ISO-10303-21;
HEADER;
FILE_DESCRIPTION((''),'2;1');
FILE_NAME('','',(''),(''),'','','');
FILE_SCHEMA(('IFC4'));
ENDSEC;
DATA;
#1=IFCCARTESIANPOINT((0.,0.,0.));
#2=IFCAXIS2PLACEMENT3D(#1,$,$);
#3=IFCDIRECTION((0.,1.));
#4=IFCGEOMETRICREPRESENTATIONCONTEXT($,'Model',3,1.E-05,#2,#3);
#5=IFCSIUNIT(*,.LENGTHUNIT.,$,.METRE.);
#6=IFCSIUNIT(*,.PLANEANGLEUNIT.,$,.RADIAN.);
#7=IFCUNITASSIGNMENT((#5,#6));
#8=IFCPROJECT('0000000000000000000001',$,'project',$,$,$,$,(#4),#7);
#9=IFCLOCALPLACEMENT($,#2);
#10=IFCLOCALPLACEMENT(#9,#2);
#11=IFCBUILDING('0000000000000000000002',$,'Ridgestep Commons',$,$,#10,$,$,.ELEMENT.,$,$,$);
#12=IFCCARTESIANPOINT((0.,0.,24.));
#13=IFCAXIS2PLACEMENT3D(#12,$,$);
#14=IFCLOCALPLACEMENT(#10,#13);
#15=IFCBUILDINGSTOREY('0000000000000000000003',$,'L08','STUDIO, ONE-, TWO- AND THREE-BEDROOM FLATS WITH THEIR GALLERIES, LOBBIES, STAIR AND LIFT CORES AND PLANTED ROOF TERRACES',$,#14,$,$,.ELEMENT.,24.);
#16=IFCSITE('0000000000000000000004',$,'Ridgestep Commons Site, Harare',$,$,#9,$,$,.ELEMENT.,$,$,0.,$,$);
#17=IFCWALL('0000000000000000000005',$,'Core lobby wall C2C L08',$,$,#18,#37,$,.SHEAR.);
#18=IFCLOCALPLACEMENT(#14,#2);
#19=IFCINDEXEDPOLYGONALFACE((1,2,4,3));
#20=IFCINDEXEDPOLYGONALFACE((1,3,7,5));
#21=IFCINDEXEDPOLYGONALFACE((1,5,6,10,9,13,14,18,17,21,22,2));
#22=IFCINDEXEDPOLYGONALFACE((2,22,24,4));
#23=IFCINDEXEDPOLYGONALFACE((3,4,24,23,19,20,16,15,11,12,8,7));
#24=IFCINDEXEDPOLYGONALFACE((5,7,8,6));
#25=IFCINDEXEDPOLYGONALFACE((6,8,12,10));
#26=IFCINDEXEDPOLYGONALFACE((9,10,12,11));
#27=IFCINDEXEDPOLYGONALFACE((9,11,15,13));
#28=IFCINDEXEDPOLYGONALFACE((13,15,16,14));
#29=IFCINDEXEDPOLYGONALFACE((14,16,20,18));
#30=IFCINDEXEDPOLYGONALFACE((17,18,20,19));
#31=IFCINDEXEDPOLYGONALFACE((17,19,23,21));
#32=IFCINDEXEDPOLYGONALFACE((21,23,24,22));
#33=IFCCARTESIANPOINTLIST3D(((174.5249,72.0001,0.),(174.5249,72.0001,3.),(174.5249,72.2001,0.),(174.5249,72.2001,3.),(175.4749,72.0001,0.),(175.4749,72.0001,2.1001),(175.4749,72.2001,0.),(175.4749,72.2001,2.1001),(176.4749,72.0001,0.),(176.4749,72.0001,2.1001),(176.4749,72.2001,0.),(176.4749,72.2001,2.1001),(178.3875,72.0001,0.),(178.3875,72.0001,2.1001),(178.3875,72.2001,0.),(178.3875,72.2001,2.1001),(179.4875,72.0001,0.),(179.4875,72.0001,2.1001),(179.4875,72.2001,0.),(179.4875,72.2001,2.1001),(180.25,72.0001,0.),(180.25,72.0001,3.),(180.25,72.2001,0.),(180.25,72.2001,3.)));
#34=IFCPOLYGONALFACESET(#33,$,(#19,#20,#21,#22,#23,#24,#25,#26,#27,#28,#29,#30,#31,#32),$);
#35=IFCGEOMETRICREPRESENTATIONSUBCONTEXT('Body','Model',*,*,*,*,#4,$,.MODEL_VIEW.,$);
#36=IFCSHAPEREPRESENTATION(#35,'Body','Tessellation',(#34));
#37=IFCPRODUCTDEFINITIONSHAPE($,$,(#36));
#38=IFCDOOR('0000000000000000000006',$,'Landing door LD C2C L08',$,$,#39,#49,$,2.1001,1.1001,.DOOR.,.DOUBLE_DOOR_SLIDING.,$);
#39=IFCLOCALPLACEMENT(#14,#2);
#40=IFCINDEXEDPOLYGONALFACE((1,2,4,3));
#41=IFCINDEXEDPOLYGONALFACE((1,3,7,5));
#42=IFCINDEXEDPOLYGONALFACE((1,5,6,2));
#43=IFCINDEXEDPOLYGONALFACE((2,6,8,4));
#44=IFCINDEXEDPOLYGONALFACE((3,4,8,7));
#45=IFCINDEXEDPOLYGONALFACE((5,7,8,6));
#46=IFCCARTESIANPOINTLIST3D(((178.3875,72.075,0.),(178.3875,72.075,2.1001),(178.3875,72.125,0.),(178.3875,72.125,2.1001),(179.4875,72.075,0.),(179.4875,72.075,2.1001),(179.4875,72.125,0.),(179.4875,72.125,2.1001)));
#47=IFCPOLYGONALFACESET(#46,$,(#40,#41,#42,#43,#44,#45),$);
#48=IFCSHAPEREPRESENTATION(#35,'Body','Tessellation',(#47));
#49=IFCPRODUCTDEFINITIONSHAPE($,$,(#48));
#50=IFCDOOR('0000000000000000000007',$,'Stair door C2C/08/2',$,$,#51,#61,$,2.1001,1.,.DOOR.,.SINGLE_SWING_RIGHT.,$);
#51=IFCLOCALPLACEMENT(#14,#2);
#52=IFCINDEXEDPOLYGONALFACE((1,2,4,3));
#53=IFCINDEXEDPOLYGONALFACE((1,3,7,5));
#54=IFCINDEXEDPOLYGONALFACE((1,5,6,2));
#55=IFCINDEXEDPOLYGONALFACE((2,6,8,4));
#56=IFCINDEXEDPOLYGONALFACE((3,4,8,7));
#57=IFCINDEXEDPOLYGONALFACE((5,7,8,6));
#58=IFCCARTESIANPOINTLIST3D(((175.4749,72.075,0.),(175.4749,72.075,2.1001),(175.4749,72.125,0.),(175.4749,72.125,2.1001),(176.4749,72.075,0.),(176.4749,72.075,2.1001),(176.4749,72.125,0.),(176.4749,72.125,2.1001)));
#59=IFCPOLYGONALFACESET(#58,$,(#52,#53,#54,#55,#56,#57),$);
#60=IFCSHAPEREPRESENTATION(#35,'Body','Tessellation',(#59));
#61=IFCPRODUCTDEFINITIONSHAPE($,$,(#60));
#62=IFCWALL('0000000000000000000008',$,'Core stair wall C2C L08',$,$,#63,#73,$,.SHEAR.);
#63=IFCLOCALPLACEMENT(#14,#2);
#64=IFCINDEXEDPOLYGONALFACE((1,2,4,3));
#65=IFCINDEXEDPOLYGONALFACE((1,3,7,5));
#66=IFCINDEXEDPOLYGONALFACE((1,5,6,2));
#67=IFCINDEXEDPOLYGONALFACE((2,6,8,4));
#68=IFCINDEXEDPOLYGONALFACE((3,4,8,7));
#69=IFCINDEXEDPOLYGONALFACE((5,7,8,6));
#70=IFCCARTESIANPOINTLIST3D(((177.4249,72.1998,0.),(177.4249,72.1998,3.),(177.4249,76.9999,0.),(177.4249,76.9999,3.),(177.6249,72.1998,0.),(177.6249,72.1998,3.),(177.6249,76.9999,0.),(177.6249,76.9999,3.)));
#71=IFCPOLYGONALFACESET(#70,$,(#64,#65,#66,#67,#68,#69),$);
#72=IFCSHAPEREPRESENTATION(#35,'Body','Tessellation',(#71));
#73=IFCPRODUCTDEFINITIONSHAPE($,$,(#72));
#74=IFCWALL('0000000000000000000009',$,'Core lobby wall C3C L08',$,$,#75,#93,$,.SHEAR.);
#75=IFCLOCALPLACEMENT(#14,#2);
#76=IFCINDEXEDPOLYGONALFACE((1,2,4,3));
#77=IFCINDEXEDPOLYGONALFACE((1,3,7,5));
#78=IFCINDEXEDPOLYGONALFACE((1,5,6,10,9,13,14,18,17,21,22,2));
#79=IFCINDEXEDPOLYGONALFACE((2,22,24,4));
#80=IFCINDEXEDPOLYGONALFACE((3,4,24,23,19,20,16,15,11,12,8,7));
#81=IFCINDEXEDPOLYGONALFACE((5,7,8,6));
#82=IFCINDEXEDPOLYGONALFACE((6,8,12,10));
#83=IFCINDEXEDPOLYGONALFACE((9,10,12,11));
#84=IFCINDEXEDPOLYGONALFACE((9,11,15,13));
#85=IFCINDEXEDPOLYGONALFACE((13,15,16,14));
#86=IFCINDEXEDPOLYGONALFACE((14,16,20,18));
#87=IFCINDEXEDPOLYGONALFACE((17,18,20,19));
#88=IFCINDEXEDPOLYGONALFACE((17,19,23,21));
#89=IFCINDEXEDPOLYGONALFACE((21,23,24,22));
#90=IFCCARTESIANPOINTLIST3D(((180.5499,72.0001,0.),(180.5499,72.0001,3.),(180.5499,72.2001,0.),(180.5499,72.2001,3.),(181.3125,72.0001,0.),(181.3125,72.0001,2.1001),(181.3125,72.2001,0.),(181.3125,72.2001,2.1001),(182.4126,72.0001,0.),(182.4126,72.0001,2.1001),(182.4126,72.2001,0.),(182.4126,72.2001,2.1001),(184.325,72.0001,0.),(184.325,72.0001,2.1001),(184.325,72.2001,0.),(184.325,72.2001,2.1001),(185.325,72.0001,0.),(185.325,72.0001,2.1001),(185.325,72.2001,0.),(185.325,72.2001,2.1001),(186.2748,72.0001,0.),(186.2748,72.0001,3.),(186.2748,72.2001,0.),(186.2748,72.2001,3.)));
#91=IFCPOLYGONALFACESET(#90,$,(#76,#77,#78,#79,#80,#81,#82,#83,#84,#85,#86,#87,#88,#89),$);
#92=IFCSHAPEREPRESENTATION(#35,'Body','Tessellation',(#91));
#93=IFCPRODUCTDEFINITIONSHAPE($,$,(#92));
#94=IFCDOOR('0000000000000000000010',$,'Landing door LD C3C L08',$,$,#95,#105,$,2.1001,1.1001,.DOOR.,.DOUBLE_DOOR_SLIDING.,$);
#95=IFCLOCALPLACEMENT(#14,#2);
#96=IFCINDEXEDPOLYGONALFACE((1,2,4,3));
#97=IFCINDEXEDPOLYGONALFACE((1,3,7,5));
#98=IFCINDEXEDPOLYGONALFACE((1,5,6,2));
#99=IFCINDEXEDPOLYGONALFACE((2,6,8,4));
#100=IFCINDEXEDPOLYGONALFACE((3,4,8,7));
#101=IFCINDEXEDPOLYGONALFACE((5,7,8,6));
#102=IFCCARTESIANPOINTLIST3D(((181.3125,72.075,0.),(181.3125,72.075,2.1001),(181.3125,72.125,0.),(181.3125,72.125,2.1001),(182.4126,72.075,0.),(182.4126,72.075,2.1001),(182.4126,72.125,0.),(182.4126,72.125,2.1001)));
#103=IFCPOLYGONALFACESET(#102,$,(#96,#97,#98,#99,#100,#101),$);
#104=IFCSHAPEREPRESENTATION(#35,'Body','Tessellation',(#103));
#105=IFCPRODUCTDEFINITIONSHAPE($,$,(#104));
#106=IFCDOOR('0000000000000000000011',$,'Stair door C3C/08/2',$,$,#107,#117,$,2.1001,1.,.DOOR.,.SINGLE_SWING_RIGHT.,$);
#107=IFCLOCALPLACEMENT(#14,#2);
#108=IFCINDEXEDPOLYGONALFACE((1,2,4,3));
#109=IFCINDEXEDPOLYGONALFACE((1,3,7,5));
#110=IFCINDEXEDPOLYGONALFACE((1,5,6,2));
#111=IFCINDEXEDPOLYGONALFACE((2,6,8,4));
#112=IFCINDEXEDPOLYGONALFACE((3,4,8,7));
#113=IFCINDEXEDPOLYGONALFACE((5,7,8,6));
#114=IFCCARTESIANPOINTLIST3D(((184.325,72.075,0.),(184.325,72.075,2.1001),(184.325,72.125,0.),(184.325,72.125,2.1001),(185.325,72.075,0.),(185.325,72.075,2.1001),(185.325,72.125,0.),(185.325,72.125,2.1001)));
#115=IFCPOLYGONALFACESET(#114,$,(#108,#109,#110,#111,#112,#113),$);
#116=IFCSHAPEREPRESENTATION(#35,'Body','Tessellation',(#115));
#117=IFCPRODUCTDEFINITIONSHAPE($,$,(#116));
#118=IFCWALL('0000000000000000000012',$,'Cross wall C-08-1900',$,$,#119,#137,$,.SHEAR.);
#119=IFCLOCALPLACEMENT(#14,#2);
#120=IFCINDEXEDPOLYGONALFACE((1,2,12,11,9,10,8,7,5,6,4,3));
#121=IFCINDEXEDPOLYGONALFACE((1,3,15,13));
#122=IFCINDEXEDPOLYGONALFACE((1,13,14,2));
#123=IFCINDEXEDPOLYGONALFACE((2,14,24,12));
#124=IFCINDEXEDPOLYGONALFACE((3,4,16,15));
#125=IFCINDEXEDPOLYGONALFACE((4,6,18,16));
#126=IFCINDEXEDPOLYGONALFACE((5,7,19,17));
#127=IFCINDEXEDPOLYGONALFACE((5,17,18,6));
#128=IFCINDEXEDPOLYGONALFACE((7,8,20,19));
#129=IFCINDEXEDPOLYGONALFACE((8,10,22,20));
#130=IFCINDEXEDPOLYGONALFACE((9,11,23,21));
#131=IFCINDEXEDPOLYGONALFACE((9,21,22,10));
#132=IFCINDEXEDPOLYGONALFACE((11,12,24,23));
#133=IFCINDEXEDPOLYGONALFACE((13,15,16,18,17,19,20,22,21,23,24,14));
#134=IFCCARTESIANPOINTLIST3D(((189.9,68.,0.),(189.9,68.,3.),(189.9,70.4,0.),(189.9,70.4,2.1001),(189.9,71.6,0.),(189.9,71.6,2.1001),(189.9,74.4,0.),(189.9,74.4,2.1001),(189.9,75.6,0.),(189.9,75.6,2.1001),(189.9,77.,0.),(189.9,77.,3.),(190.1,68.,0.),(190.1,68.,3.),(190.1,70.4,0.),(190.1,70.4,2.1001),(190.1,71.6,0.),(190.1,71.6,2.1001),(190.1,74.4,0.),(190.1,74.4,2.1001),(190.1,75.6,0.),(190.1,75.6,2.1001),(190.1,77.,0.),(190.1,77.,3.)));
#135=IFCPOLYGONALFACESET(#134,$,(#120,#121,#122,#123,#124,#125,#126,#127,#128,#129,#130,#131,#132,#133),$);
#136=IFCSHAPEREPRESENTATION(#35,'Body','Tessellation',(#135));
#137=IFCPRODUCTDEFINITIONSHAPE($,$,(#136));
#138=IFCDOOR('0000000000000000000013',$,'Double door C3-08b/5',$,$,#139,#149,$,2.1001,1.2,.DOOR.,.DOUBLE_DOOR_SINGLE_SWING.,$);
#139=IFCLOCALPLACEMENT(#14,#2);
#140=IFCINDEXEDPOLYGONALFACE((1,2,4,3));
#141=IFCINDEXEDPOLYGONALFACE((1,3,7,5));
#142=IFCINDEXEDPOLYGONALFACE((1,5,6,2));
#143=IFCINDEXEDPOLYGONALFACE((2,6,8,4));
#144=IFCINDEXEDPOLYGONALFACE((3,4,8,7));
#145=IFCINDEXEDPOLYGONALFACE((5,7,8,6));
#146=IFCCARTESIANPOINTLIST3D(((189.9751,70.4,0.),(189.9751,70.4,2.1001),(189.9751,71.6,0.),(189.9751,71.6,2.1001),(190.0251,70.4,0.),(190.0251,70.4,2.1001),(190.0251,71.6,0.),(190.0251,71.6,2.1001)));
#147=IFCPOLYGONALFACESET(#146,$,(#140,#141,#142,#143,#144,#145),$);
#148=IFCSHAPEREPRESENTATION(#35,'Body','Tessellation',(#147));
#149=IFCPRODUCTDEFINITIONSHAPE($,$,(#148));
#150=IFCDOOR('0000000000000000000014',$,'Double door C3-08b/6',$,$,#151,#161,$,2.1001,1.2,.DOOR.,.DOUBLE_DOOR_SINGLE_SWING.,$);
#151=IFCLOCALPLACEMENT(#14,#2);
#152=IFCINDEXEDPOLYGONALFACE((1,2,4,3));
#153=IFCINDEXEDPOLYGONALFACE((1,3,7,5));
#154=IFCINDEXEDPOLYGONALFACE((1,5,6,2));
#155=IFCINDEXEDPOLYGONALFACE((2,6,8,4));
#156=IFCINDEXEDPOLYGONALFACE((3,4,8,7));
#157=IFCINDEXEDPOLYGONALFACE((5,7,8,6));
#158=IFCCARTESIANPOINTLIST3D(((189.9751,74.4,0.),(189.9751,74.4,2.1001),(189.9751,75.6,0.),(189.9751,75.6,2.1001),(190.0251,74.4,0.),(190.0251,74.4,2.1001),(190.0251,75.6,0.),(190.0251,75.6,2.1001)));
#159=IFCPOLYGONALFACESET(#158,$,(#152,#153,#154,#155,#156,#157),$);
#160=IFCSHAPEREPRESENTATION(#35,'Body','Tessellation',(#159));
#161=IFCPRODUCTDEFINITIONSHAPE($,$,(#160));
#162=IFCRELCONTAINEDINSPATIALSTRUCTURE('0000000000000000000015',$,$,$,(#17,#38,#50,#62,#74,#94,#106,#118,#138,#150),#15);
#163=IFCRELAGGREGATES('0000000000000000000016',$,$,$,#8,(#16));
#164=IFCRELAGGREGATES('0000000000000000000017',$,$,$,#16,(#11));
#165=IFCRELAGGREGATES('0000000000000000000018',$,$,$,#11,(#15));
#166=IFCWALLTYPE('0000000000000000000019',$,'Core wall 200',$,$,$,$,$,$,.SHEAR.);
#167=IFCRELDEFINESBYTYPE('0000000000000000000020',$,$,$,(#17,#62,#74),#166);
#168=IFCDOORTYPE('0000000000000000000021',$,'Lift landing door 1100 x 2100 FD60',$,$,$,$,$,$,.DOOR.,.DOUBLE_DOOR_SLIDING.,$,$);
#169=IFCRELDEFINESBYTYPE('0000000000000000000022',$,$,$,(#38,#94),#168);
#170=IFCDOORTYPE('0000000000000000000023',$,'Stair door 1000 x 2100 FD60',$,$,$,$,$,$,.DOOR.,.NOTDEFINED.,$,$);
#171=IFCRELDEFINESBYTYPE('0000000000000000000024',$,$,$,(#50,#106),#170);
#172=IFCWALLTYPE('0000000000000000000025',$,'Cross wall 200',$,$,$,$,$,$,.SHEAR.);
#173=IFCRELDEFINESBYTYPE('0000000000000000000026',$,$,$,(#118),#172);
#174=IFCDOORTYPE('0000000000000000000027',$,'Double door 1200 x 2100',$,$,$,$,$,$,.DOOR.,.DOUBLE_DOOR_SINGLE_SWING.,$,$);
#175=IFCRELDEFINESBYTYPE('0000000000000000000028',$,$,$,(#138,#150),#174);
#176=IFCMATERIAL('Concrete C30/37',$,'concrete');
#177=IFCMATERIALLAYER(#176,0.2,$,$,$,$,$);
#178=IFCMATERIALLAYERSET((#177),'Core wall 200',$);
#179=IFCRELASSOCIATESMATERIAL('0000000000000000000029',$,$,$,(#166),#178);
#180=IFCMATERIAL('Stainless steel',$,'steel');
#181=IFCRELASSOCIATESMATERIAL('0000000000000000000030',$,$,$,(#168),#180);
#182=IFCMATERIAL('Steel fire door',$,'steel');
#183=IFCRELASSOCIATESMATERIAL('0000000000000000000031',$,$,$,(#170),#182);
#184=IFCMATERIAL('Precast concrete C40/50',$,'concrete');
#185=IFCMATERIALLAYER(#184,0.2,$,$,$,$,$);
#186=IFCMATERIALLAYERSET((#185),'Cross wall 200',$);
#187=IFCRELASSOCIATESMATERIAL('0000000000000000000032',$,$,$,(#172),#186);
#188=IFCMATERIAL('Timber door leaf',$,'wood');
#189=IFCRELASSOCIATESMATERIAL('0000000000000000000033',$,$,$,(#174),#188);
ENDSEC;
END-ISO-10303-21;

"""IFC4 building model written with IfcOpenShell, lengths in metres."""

from ifc_helpers import new_model, si_unit, direction, frame, frame_2d, origin, place, context, subcontext, project, spatial, rectangle, extrude, material, layer, layer_set, type_object, element, fill, save


model = new_model("IFC4")

# Units and contexts
model_context = context("Model", 3, precision=1e-05, world=origin(), true_north=direction((0.0, 1.0)))
body_context = subcontext(model_context, "Body", "Model", "MODEL_VIEW")
ifc_project = project(units=[si_unit("LENGTHUNIT", "METRE"), si_unit("PLANEANGLEUNIT", "RADIAN")], contexts=[model_context])

# Site, building, storey
site_placement = place(None, origin())
site = spatial("IfcSite", under=ifc_project, at=site_placement, Name="Ridgestep Commons Site, Harare", CompositionType="ELEMENT", RefElevation=0.0)
building_placement = place(site_placement, origin())
building = spatial("IfcBuilding", under=site, at=building_placement, Name="Ridgestep Commons", CompositionType="ELEMENT")
storey_placement = place(building_placement, frame((0.0, 0.0, 24.0)))
storey = spatial("IfcBuildingStorey", under=building, at=storey_placement, Name="L08", Description="STUDIO, ONE-, TWO- AND THREE-BEDROOM FLATS WITH THEIR GALLERIES, LOBBIES, STAIR AND LIFT CORES AND PLANTED ROOF TERRACES", CompositionType="ELEMENT", Elevation=24.0)

# Wall, openings, doors
ifc_material_1 = material(Name="Concrete C30/37", Category="concrete")
ifc_layer_1 = layer(ifc_material_1, 0.2)
ifc_layer_set_1 = layer_set([ifc_layer_1], Name="Core wall 200")
wall_type_1 = type_object("IfcWallType", Name="Core wall 200", PredefinedType="SHEAR", material=ifc_layer_set_1)
wall_1_placement = place(storey_placement, frame((174.5249, 72.1001, 0.0), z_axis=(0.0, 0.0, 1.0), x_axis=(1.0, 0.0, 0.0)))
wall_1 = element("IfcWall", 1, at=wall_1_placement, inside=storey, type_object=wall_type_1, Name="Core lobby wall C2C L08", PredefinedType="SHEAR", context=body_context, shape_type="SweptSolid", body=[
    extrude(rectangle(XDim=5.7251, YDim=0.2, at=frame_2d((2.8625, 0.0))), origin(), (0.0, 0.0, 1.0), 3.0),
])
opening_1_placement = place(wall_1_placement, frame((0.95, 0.0, 0.0)))
opening_1 = element("IfcOpeningElement", 2, at=opening_1_placement, cuts=wall_1, PredefinedType="OPENING", context=body_context, shape_type="SweptSolid", body=[
    extrude(rectangle(XDim=1.0, YDim=2.1001, at=frame_2d((0.5, 1.05))), frame((0.0, 0.1099, 0.0), z_axis=(0.0, -1.0, 0.0), x_axis=(1.0, 0.0, 0.0)), (0.0, 0.0, 1.0), 0.22),
])
opening_2_placement = place(wall_1_placement, frame((3.8625, 0.0, 0.0)))
opening_2 = element("IfcOpeningElement", 3, at=opening_2_placement, cuts=wall_1, PredefinedType="OPENING", context=body_context, shape_type="SweptSolid", body=[
    extrude(rectangle(XDim=1.1001, YDim=2.1001, at=frame_2d((0.55, 1.05))), frame((0.0, 0.1099, 0.0), z_axis=(0.0, -1.0, 0.0), x_axis=(1.0, 0.0, 0.0)), (0.0, 0.0, 1.0), 0.22),
])
ifc_material_2 = material(Name="Stainless steel", Category="steel")
door_type_1 = type_object("IfcDoorType", Name="Lift landing door 1100 x 2100 FD60", OperationType="DOUBLE_DOOR_SLIDING", PredefinedType="DOOR", material=ifc_material_2)
door_1_placement = place(opening_2_placement, origin())
door_1 = element("IfcDoor", 4, at=door_1_placement, inside=storey, type_object=door_type_1, Name="Landing door LD C2C L08", OperationType="DOUBLE_DOOR_SLIDING", OverallHeight=2.1001, OverallWidth=1.1001, PredefinedType="DOOR", context=body_context, shape_type="SweptSolid", body=[
    extrude(rectangle(XDim=1.1001, YDim=2.1001, at=frame_2d((0.55, 1.05))), frame((0.0, 0.0249, 0.0), z_axis=(0.0, -1.0, 0.0), x_axis=(1.0, 0.0, 0.0)), (0.0, 0.0, 1.0), 0.05),
])
fill(opening_2, door_1)
ifc_material_3 = material(Name="Steel fire door", Category="steel")
door_type_2 = type_object("IfcDoorType", Name="Stair door 1000 x 2100 FD60", OperationType="NOTDEFINED", PredefinedType="DOOR", material=ifc_material_3)
door_2_placement = place(opening_1_placement, origin())
door_2 = element("IfcDoor", 5, at=door_2_placement, inside=storey, type_object=door_type_2, Name="Stair door C2C/08/2", OperationType="SINGLE_SWING_RIGHT", OverallHeight=2.1001, OverallWidth=1.0, PredefinedType="DOOR", context=body_context, shape_type="SweptSolid", body=[
    extrude(rectangle(XDim=1.0, YDim=2.1001, at=frame_2d((0.5, 1.05))), frame((0.0, 0.0249, 0.0), z_axis=(0.0, -1.0, 0.0), x_axis=(1.0, 0.0, 0.0)), (0.0, 0.0, 1.0), 0.05),
])
fill(opening_1, door_2)

# Wall
wall_2_placement = place(storey_placement, frame((177.5249, 72.2, 0.0), z_axis=(0.0, 0.0, 1.0), x_axis=(0.0, 1.0, 0.0)))
element("IfcWall", 6, at=wall_2_placement, inside=storey, type_object=wall_type_1, Name="Core stair wall C2C L08", PredefinedType="SHEAR", context=body_context, shape_type="SweptSolid", body=[
    extrude(rectangle(XDim=4.8, YDim=0.2, at=frame_2d((2.3999, 0.0))), origin(), (0.0, 0.0, 1.0), 3.0),
])

# Walls, openings, doors
wall_3_placement = place(storey_placement, frame((180.55, 72.1001, 0.0), z_axis=(0.0, 0.0, 1.0), x_axis=(1.0, 0.0, 0.0)))
wall_3 = element("IfcWall", 7, at=wall_3_placement, inside=storey, type_object=wall_type_1, Name="Core lobby wall C3C L08", PredefinedType="SHEAR", context=body_context, shape_type="SweptSolid", body=[
    extrude(rectangle(XDim=5.7249, YDim=0.2, at=frame_2d((2.8623, 0.0))), origin(), (0.0, 0.0, 1.0), 3.0),
])
opening_3_placement = place(wall_3_placement, frame((3.7749, 0.0, 0.0)))
opening_3 = element("IfcOpeningElement", 8, at=opening_3_placement, cuts=wall_3, PredefinedType="OPENING", context=body_context, shape_type="SweptSolid", body=[
    extrude(rectangle(XDim=1.0, YDim=2.1001, at=frame_2d((0.5, 1.05))), frame((0.0, 0.1099, 0.0), z_axis=(0.0, -1.0, 0.0), x_axis=(1.0, 0.0, 0.0)), (0.0, 0.0, 1.0), 0.22),
])
opening_4_placement = place(wall_3_placement, frame((0.7625, 0.0, 0.0)))
opening_4 = element("IfcOpeningElement", 9, at=opening_4_placement, cuts=wall_3, PredefinedType="OPENING", context=body_context, shape_type="SweptSolid", body=[
    extrude(rectangle(XDim=1.1001, YDim=2.1001, at=frame_2d((0.55, 1.05))), frame((0.0, 0.1099, 0.0), z_axis=(0.0, -1.0, 0.0), x_axis=(1.0, 0.0, 0.0)), (0.0, 0.0, 1.0), 0.22),
])
door_3_placement = place(opening_4_placement, origin())
door_3 = element("IfcDoor", 10, at=door_3_placement, inside=storey, type_object=door_type_1, Name="Landing door LD C3C L08", OperationType="DOUBLE_DOOR_SLIDING", OverallHeight=2.1001, OverallWidth=1.1001, PredefinedType="DOOR", context=body_context, shape_type="SweptSolid", body=[
    extrude(rectangle(XDim=1.1001, YDim=2.1001, at=frame_2d((0.55, 1.05))), frame((0.0, 0.0249, 0.0), z_axis=(0.0, -1.0, 0.0), x_axis=(1.0, 0.0, 0.0)), (0.0, 0.0, 1.0), 0.05),
])
fill(opening_4, door_3)
door_4_placement = place(opening_3_placement, origin())
door_4 = element("IfcDoor", 11, at=door_4_placement, inside=storey, type_object=door_type_2, Name="Stair door C3C/08/2", OperationType="SINGLE_SWING_RIGHT", OverallHeight=2.1001, OverallWidth=1.0, PredefinedType="DOOR", context=body_context, shape_type="SweptSolid", body=[
    extrude(rectangle(XDim=1.0, YDim=2.1001, at=frame_2d((0.5, 1.05))), frame((0.0, 0.0249, 0.0), z_axis=(0.0, -1.0, 0.0), x_axis=(1.0, 0.0, 0.0)), (0.0, 0.0, 1.0), 0.05),
])
fill(opening_3, door_4)
ifc_material_4 = material(Name="Precast concrete C40/50", Category="concrete")
ifc_layer_2 = layer(ifc_material_4, 0.2)
ifc_layer_set_2 = layer_set([ifc_layer_2], Name="Cross wall 200")
wall_type_2 = type_object("IfcWallType", Name="Cross wall 200", PredefinedType="SHEAR", material=ifc_layer_set_2)
wall_4_placement = place(storey_placement, frame((190.0, 68.0, 0.0), z_axis=(0.0, 0.0, 1.0), x_axis=(0.0, 1.0, 0.0)))
wall_4 = element("IfcWall", 12, at=wall_4_placement, inside=storey, type_object=wall_type_2, Name="Cross wall C-08-1900", PredefinedType="SHEAR", context=body_context, shape_type="SweptSolid", body=[
    extrude(rectangle(XDim=9.0, YDim=0.2, at=frame_2d((4.5, 0.0))), origin(), (0.0, 0.0, 1.0), 3.0),
])
opening_5_placement = place(wall_4_placement, frame((2.3999, 0.0, 0.0)))
opening_5 = element("IfcOpeningElement", 13, at=opening_5_placement, cuts=wall_4, PredefinedType="OPENING", context=body_context, shape_type="SweptSolid", body=[
    extrude(rectangle(XDim=1.2, YDim=2.1001, at=frame_2d((0.6001, 1.05))), frame((0.0, 0.1099, 0.0), z_axis=(0.0, -1.0, 0.0), x_axis=(1.0, 0.0, 0.0)), (0.0, 0.0, 1.0), 0.22),
])
opening_6_placement = place(wall_4_placement, frame((6.3999, 0.0, 0.0)))
opening_6 = element("IfcOpeningElement", 14, at=opening_6_placement, cuts=wall_4, PredefinedType="OPENING", context=body_context, shape_type="SweptSolid", body=[
    extrude(rectangle(XDim=1.2, YDim=2.1001, at=frame_2d((0.6001, 1.05))), frame((0.0, 0.1099, 0.0), z_axis=(0.0, -1.0, 0.0), x_axis=(1.0, 0.0, 0.0)), (0.0, 0.0, 1.0), 0.22),
])
ifc_material_5 = material(Name="Timber door leaf", Category="wood")
door_type_3 = type_object("IfcDoorType", Name="Double door 1200 x 2100", OperationType="DOUBLE_DOOR_SINGLE_SWING", PredefinedType="DOOR", material=ifc_material_5)
door_5_placement = place(opening_5_placement, origin())
door_5 = element("IfcDoor", 15, at=door_5_placement, inside=storey, type_object=door_type_3, Name="Double door C3-08b/5", OperationType="DOUBLE_DOOR_SINGLE_SWING", OverallHeight=2.1001, OverallWidth=1.2, PredefinedType="DOOR", context=body_context, shape_type="SweptSolid", body=[
    extrude(rectangle(XDim=1.2, YDim=2.1001, at=frame_2d((0.6001, 1.05))), frame((0.0, 0.0249, 0.0), z_axis=(0.0, -1.0, 0.0), x_axis=(1.0, 0.0, 0.0)), (0.0, 0.0, 1.0), 0.05),
])
fill(opening_5, door_5)
door_6_placement = place(opening_6_placement, origin())
door_6 = element("IfcDoor", 16, at=door_6_placement, inside=storey, type_object=door_type_3, Name="Double door C3-08b/6", OperationType="DOUBLE_DOOR_SINGLE_SWING", OverallHeight=2.1001, OverallWidth=1.2, PredefinedType="DOOR", context=body_context, shape_type="SweptSolid", body=[
    extrude(rectangle(XDim=1.2, YDim=2.1001, at=frame_2d((0.6001, 1.05))), frame((0.0, 0.0249, 0.0), z_axis=(0.0, -1.0, 0.0), x_axis=(1.0, 0.0, 0.0)), (0.0, 0.0, 1.0), 0.05),
])
fill(opening_6, door_6)

save(model, "model.ifc")
